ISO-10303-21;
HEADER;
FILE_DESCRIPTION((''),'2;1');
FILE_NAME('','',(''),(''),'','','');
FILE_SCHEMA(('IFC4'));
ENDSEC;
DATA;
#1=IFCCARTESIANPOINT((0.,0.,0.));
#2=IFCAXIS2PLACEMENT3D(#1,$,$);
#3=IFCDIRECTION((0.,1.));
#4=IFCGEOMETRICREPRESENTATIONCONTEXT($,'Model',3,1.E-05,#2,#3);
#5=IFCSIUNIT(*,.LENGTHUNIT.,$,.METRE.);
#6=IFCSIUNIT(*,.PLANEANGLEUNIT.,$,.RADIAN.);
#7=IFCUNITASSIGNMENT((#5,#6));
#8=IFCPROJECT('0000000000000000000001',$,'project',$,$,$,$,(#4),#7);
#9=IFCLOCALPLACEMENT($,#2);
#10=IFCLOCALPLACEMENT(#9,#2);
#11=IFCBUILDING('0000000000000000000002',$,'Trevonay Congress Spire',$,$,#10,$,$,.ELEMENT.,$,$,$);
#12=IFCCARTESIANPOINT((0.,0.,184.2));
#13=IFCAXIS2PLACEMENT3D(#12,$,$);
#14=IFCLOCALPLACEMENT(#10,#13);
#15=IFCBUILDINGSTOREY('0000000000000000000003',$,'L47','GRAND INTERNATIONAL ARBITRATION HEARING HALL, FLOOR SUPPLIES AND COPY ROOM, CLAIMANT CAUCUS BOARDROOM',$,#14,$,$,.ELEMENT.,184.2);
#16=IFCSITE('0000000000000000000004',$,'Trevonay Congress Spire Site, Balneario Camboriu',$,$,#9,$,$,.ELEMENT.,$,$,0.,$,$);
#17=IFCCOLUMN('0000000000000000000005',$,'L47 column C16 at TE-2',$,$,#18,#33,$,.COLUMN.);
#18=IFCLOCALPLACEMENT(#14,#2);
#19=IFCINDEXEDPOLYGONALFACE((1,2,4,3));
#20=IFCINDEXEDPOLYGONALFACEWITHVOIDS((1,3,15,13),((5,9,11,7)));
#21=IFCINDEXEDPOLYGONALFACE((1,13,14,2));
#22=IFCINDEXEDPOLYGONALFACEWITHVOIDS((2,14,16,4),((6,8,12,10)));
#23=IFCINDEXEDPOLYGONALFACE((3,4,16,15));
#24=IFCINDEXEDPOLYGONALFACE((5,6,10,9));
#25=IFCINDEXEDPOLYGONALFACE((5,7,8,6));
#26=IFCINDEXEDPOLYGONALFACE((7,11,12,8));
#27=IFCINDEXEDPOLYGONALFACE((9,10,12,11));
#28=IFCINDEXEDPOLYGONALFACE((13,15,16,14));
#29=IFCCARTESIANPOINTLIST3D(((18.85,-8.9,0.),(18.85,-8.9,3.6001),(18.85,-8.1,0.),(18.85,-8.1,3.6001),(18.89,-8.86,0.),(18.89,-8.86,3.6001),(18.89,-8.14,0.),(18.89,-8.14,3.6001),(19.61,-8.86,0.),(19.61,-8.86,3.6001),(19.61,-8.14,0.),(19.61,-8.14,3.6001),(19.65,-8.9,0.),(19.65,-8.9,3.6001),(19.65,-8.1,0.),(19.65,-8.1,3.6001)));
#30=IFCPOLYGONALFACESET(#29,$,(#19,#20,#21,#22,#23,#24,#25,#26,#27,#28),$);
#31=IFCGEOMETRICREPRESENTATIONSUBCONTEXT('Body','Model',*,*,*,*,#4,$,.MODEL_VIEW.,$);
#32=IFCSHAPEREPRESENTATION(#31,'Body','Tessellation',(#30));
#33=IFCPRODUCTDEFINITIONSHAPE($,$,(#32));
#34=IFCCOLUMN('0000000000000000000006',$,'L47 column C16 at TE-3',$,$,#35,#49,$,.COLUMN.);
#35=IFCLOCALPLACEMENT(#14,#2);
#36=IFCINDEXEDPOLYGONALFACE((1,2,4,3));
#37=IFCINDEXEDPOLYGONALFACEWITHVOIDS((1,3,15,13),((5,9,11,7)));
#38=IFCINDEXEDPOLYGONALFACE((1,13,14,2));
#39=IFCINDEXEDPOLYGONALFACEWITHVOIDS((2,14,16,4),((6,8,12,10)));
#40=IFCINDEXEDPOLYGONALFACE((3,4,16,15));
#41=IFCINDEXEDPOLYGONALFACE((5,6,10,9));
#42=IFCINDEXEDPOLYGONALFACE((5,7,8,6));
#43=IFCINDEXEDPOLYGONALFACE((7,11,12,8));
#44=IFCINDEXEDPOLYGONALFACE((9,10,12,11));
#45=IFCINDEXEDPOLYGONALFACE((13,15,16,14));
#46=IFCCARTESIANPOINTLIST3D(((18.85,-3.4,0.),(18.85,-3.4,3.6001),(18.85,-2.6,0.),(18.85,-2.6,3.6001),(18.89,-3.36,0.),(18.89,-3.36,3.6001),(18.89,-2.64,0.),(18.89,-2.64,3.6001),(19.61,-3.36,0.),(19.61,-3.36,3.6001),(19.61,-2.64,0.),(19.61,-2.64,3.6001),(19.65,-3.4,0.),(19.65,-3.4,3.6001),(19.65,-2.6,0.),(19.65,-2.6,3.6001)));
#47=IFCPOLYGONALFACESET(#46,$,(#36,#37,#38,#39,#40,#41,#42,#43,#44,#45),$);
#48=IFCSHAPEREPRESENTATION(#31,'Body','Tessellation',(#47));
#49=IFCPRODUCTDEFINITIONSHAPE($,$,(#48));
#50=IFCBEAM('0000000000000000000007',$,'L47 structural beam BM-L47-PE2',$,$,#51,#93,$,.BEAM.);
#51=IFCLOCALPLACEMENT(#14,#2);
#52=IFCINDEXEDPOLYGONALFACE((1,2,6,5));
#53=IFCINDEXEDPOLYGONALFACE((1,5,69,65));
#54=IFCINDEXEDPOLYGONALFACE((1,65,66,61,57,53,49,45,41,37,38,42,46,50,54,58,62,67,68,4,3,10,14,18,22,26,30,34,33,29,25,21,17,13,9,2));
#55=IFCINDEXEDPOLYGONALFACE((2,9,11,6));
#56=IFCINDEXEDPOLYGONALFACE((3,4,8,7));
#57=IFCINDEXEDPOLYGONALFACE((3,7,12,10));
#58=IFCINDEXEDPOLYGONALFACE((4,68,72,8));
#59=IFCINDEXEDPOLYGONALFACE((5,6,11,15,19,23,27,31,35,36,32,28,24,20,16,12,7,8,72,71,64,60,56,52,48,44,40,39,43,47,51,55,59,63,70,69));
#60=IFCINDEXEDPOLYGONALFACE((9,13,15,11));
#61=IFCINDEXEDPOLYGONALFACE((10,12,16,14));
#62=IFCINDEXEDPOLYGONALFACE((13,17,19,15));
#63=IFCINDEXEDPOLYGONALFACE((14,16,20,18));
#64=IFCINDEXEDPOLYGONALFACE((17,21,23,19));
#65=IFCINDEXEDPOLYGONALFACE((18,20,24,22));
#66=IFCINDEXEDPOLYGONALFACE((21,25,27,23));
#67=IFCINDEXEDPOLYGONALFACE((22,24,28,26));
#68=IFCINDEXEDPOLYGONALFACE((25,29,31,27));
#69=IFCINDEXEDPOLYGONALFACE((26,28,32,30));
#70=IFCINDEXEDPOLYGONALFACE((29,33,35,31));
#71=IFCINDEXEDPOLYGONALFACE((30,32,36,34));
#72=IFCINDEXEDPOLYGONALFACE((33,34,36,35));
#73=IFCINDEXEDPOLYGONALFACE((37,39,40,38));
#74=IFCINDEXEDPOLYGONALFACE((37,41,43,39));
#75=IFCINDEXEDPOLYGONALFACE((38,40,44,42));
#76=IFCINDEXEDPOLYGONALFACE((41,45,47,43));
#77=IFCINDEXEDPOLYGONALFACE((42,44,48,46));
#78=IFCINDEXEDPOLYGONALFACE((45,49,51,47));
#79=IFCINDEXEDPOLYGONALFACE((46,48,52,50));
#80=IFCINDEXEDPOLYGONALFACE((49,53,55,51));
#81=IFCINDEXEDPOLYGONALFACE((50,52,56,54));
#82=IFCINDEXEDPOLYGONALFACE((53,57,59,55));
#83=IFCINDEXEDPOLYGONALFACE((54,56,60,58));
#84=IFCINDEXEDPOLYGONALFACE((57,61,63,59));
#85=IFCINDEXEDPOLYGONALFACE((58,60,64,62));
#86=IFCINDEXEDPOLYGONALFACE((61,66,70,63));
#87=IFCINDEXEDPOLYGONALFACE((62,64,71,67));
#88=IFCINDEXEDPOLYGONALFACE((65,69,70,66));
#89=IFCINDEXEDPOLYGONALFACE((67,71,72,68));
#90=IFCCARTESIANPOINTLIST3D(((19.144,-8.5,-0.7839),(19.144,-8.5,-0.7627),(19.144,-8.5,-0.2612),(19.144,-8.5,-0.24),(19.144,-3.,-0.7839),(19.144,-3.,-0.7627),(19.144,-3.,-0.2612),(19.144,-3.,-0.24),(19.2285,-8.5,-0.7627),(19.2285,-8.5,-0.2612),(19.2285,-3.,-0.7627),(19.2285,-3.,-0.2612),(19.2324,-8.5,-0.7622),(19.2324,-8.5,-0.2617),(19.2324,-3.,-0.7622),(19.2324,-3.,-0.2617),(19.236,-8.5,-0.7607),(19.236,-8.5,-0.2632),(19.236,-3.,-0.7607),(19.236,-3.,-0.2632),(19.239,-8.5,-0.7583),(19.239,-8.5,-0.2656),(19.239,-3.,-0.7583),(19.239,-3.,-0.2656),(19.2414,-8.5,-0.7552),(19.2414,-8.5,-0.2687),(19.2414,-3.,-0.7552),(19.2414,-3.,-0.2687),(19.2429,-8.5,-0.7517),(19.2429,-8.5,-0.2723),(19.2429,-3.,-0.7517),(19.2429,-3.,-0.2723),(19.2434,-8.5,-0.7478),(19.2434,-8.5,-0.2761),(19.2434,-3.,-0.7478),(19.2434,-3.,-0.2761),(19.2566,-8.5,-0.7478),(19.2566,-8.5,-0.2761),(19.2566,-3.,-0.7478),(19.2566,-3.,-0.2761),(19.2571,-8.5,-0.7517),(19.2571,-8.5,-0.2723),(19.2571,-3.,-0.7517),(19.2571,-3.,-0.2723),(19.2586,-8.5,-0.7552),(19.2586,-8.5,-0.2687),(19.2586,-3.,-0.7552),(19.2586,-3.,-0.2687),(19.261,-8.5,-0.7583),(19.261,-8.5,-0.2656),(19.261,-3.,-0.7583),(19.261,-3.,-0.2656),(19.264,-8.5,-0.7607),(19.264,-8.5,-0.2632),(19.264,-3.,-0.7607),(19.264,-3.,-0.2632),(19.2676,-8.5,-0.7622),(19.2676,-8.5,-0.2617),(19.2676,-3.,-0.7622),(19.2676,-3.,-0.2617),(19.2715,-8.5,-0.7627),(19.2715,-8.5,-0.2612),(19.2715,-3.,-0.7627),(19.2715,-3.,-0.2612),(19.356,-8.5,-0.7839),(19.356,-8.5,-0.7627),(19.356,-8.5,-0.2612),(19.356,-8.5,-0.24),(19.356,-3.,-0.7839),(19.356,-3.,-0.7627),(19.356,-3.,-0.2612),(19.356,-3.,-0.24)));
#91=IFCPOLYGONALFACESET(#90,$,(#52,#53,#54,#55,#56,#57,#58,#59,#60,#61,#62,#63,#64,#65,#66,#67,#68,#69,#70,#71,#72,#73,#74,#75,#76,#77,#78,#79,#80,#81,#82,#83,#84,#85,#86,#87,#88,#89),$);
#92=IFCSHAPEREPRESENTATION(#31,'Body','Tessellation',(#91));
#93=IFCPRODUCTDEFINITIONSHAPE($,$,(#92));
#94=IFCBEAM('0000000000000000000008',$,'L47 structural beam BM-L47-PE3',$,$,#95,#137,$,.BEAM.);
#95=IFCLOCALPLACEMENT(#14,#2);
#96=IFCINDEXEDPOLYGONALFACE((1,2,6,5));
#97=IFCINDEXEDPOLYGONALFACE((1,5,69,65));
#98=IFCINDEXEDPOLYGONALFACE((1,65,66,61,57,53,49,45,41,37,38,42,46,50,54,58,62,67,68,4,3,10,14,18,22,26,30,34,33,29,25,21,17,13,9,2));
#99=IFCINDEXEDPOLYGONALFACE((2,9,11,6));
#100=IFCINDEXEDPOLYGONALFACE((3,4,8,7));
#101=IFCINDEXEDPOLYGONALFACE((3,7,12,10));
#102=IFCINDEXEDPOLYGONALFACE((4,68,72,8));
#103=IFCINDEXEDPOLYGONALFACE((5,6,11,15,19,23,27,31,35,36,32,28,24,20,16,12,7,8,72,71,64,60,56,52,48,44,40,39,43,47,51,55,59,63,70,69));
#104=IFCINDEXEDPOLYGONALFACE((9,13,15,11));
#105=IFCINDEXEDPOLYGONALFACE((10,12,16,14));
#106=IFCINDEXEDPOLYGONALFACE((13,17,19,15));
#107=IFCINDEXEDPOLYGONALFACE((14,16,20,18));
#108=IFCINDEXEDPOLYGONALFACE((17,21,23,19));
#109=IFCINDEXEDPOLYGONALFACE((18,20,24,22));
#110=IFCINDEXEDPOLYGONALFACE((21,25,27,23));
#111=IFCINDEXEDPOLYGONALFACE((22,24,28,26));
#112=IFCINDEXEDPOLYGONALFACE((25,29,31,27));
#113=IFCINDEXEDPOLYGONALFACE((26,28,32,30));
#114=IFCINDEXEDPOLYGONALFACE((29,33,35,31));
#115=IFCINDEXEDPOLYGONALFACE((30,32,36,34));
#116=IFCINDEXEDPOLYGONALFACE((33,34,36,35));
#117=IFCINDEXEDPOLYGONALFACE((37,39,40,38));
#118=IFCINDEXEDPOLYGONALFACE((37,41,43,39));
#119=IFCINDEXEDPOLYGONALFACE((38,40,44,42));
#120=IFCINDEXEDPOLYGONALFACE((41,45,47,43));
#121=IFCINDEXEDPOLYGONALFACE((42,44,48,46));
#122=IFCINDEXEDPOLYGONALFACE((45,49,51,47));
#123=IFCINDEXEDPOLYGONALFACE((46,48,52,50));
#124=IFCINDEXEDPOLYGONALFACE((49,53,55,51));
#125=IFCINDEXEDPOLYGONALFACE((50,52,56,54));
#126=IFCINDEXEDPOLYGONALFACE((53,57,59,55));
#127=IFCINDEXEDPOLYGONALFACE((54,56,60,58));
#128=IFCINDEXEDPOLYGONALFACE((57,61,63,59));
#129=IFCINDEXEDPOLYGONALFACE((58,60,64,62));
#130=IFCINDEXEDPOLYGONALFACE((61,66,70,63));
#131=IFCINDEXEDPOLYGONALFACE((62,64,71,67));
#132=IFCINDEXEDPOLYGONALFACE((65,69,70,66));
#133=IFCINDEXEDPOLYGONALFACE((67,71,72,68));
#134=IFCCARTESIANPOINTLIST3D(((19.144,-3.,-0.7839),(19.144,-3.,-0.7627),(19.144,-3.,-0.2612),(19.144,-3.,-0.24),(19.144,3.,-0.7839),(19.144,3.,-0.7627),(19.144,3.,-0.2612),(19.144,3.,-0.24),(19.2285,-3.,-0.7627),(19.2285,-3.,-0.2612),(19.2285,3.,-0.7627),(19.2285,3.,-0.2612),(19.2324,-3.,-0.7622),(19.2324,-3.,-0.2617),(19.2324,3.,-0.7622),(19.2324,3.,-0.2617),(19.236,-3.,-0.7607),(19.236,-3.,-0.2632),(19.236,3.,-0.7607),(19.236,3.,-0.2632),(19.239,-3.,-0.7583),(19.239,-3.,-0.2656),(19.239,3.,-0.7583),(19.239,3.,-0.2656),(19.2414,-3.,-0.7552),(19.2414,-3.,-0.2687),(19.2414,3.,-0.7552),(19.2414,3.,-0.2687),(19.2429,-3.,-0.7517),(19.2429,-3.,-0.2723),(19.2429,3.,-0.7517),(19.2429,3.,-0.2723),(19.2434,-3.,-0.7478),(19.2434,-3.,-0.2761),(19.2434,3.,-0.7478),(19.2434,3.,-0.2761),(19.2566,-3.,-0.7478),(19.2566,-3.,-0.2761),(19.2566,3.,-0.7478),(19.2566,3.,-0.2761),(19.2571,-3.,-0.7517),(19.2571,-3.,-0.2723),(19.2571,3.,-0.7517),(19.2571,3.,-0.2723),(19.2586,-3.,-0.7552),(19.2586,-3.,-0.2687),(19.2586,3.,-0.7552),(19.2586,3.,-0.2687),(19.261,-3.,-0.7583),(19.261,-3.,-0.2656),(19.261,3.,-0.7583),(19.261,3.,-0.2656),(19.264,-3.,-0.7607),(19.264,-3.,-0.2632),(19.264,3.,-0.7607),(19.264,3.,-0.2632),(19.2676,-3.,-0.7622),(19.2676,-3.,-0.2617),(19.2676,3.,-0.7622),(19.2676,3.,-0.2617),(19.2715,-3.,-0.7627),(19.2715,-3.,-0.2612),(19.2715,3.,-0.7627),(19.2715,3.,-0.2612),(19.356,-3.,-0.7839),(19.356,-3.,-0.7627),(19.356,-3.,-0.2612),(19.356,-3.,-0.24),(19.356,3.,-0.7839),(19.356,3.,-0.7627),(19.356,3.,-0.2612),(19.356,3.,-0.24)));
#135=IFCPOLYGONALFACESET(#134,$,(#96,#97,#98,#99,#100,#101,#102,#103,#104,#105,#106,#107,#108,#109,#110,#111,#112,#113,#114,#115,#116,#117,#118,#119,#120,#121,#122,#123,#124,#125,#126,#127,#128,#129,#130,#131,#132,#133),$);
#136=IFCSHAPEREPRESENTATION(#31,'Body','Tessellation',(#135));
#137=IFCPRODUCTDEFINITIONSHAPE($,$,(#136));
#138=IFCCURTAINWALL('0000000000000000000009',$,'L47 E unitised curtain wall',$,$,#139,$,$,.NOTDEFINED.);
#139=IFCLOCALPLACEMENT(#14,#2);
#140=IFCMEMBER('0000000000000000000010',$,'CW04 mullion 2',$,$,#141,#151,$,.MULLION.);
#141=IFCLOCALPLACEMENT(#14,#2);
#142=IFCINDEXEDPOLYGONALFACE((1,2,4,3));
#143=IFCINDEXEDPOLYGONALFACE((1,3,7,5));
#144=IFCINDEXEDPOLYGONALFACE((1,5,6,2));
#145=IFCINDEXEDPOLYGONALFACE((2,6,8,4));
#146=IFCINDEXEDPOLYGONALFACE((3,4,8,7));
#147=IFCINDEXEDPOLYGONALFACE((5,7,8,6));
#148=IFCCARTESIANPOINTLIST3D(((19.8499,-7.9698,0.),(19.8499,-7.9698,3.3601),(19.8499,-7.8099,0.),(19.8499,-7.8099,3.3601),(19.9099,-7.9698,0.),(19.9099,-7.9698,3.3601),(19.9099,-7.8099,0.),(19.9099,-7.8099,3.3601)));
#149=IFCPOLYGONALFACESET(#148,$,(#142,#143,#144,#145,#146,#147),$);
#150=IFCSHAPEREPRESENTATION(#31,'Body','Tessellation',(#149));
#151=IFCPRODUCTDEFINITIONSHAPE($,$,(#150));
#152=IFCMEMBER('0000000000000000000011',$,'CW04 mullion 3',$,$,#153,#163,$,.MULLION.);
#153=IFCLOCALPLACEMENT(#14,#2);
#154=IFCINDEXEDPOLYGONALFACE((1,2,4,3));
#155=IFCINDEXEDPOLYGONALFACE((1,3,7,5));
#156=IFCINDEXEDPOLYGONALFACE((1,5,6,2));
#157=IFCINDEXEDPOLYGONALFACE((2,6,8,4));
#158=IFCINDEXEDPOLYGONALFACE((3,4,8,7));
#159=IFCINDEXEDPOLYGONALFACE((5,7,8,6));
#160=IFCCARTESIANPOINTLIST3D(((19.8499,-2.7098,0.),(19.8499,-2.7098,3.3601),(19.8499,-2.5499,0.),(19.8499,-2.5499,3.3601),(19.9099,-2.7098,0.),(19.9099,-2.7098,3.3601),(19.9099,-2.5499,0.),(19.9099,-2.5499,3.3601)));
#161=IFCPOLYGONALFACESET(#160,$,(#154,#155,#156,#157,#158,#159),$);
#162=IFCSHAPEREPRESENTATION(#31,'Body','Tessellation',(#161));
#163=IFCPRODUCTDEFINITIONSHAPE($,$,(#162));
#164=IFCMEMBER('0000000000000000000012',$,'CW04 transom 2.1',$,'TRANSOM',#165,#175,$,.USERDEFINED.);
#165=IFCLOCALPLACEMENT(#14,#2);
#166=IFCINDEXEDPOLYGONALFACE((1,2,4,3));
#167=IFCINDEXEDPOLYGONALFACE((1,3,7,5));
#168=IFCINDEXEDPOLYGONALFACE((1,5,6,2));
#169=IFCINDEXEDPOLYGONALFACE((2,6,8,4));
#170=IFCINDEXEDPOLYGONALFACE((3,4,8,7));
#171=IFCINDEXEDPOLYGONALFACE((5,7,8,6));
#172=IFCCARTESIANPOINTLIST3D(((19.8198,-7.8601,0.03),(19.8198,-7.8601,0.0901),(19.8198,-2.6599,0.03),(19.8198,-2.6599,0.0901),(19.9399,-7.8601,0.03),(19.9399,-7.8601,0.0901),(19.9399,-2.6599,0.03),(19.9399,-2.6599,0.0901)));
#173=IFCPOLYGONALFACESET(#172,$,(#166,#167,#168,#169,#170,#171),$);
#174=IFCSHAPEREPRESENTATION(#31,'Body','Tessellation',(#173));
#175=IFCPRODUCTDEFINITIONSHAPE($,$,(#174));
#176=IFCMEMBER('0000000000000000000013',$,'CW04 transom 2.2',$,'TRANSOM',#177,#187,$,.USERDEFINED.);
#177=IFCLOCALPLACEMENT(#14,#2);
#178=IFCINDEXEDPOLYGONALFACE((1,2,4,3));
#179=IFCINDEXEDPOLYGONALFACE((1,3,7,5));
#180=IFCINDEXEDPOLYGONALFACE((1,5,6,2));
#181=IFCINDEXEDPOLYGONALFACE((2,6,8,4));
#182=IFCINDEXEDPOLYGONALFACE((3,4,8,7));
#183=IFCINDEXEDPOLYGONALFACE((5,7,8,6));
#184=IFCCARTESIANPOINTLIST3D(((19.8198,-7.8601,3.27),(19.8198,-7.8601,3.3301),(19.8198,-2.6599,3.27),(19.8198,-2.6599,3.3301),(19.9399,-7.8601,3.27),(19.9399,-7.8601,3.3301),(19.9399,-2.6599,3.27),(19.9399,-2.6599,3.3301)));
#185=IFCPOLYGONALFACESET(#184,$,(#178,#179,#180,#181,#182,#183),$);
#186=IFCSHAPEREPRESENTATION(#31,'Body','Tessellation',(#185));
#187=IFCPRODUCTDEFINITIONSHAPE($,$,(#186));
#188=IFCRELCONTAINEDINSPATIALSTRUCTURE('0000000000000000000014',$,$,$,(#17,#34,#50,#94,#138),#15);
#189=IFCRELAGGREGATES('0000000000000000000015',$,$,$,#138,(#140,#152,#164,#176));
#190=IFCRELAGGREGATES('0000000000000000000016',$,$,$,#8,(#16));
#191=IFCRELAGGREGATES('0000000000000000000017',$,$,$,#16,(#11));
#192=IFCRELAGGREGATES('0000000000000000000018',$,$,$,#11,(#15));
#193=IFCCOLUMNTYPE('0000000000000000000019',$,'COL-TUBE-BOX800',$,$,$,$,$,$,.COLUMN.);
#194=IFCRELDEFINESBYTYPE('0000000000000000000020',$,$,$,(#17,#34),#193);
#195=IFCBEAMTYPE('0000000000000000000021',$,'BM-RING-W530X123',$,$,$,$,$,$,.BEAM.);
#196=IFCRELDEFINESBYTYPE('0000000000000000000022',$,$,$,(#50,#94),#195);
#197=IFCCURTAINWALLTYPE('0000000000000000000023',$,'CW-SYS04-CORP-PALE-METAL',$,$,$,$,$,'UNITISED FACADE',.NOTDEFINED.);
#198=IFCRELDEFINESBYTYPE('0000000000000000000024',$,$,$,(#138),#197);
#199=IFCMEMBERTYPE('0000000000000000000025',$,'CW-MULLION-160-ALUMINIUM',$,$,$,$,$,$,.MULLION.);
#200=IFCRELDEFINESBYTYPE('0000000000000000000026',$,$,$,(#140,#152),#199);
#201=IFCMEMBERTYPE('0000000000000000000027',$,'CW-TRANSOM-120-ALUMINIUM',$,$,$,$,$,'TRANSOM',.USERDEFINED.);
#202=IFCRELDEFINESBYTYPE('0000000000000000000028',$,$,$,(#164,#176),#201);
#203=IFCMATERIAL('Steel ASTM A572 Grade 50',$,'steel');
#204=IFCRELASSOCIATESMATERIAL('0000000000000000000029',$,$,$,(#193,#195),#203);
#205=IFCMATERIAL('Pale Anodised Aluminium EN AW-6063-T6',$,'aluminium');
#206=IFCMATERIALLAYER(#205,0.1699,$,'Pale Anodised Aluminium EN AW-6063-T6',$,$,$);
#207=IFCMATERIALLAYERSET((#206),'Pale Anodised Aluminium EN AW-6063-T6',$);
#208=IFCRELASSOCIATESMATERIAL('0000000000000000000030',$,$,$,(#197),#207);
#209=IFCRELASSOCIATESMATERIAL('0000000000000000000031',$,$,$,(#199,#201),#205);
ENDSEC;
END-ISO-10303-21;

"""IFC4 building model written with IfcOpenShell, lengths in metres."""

from ifc_helpers import new_model, si_unit, direction, frame, origin, origin_2d, place, context, subcontext, project, spatial, rectangle, hollow_rectangle, i_section, extrude, material, layer, layer_set, material_profile, profile_set, type_object, element, aggregate, save


model = new_model("IFC4")

# Units and contexts
model_context = context("Model", 3, precision=1e-05, world=origin(), true_north=direction((0.0, 1.0)))
body_context = subcontext(model_context, "Body", "Model", "MODEL_VIEW")
ifc_project = project(units=[si_unit("LENGTHUNIT", "METRE"), si_unit("PLANEANGLEUNIT", "RADIAN")], contexts=[model_context])

# Site, building, storey
site_placement = place(None, origin())
site = spatial("IfcSite", under=ifc_project, at=site_placement, Name="Trevonay Congress Spire Site, Balneario Camboriu", CompositionType="ELEMENT", RefElevation=0.0)
building_placement = place(site_placement, origin())
building = spatial("IfcBuilding", under=site, at=building_placement, Name="Trevonay Congress Spire", CompositionType="ELEMENT")
storey_placement = place(building_placement, frame((0.0, 0.0, 184.2)))
storey = spatial("IfcBuildingStorey", under=building, at=storey_placement, Name="L47", Description="GRAND INTERNATIONAL ARBITRATION HEARING HALL, FLOOR SUPPLIES AND COPY ROOM, CLAIMANT CAUCUS BOARDROOM", CompositionType="ELEMENT", Elevation=184.2)

# Columns
ifc_material_1 = material(Name="Steel ASTM A572 Grade 50", Category="steel")
ifc_material_profile_1 = material_profile(ifc_material_1, hollow_rectangle(XDim=0.8, YDim=0.8, WallThickness=0.04, at=origin_2d()), Name="BOX 800x800x40")
ifc_profile_set_1 = profile_set([ifc_material_profile_1], Name="Steel ASTM A572 Grade 50")
column_type = type_object("IfcColumnType", Name="COL-TUBE-BOX800", PredefinedType="COLUMN", material=ifc_profile_set_1)
for number, where, z_axis, x_axis, name in (
    (1, (19.25, -8.5, 0.0), (0.0, 0.0, 1.0), (1.0, 0.0, 0.0), "L47 column C16 at TE-2"),
    (2, (19.25, -3.0, 0.0), (0.0, 0.0, 1.0), (1.0, 0.0, 0.0), "L47 column C16 at TE-3"),
):
    element("IfcColumn", number, at=place(storey_placement, frame(where, z_axis=z_axis, x_axis=x_axis)), inside=storey, type_object=column_type, Name=name, PredefinedType="COLUMN", context=body_context, shape_type="SweptSolid", body=[
        extrude(hollow_rectangle(XDim=0.8, YDim=0.8, WallThickness=0.04, at=origin_2d()), origin(), (0.0, 0.0, 1.0), 3.6001),
    ])

# Beams
ifc_material_profile_2 = material_profile(ifc_material_1, i_section(OverallWidth=0.2119, OverallDepth=0.5439, WebThickness=0.0132, FlangeThickness=0.0212, FilletRadius=0.0149, at=origin_2d()), Name="W530x123")
ifc_profile_set_2 = profile_set([ifc_material_profile_2], Name="Steel ASTM A572 Grade 50")
beam_type = type_object("IfcBeamType", Name="BM-RING-W530X123", PredefinedType="BEAM", material=ifc_profile_set_2)
beam_1_placement = place(storey_placement, frame((19.25, -8.5, -0.512), z_axis=(0.0, 1.0, 0.0), x_axis=(-1.0, 0.0, 0.0)))
element("IfcBeam", 3, at=beam_1_placement, inside=storey, type_object=beam_type, Name="L47 structural beam BM-L47-PE2", PredefinedType="BEAM", context=body_context, shape_type="SweptSolid", body=[
    extrude(i_section(OverallWidth=0.2119, OverallDepth=0.5439, WebThickness=0.0132, FlangeThickness=0.0212, FilletRadius=0.0149, at=origin_2d()), origin(), (0.0, 0.0, 1.0), 5.5),
])
beam_2_placement = place(storey_placement, frame((19.25, -3.0, -0.512), z_axis=(0.0, 1.0, 0.0), x_axis=(-1.0, 0.0, 0.0)))
element("IfcBeam", 4, at=beam_2_placement, inside=storey, type_object=beam_type, Name="L47 structural beam BM-L47-PE3", PredefinedType="BEAM", context=body_context, shape_type="SweptSolid", body=[
    extrude(i_section(OverallWidth=0.2119, OverallDepth=0.5439, WebThickness=0.0132, FlangeThickness=0.0212, FilletRadius=0.0149, at=origin_2d()), origin(), (0.0, 0.0, 1.0), 6.0),
])

# Curtain wall, members
ifc_material_2 = material(Name="Pale Anodised Aluminium EN AW-6063-T6", Category="aluminium")
ifc_layer_1 = layer(ifc_material_2, 0.1699, Name="Pale Anodised Aluminium EN AW-6063-T6")
ifc_layer_set_1 = layer_set([ifc_layer_1], Name="Pale Anodised Aluminium EN AW-6063-T6")
curtain_wall_type = type_object("IfcCurtainWallType", Name="CW-SYS04-CORP-PALE-METAL", ElementType="UNITISED FACADE", PredefinedType="NOTDEFINED", material=ifc_layer_set_1)
curtain_wall_placement = place(storey_placement, origin())
curtain_wall = element("IfcCurtainWall", 5, at=curtain_wall_placement, inside=storey, type_object=curtain_wall_type, Name="L47 E unitised curtain wall", PredefinedType="NOTDEFINED")
ifc_material_profile_3 = material_profile(ifc_material_2, rectangle(XDim=0.0601, YDim=0.1599, at=origin_2d()), Name="CW-MULLION-160-ALUMINIUM")
ifc_profile_set_3 = profile_set([ifc_material_profile_3], Name="Pale Anodised Aluminium EN AW-6063-T6")
member_type_1 = type_object("IfcMemberType", Name="CW-MULLION-160-ALUMINIUM", PredefinedType="MULLION", material=ifc_profile_set_3)
member_1_placement = place(storey_placement, frame((19.8799, -7.8899, 0.0), z_axis=(0.0, 0.0, 1.0), x_axis=(-1.0, 0.0, 0.0)))
member_1 = element("IfcMember", 6, at=member_1_placement, type_object=member_type_1, Name="CW04 mullion 2", PredefinedType="MULLION", context=body_context, shape_type="SweptSolid", body=[
    extrude(rectangle(XDim=0.0601, YDim=0.1599, at=origin_2d()), origin(), (0.0, 0.0, 1.0), 3.3601),
])
member_2_placement = place(storey_placement, frame((19.8799, -2.6299, 0.0), z_axis=(0.0, 0.0, 1.0), x_axis=(-1.0, 0.0, 0.0)))
member_2 = element("IfcMember", 7, at=member_2_placement, type_object=member_type_1, Name="CW04 mullion 3", PredefinedType="MULLION", context=body_context, shape_type="SweptSolid", body=[
    extrude(rectangle(XDim=0.0601, YDim=0.1599, at=origin_2d()), origin(), (0.0, 0.0, 1.0), 3.3601),
])
ifc_material_profile_4 = material_profile(ifc_material_2, rectangle(XDim=0.1201, YDim=0.0601, at=origin_2d()), Name="CW-TRANSOM-120-ALUMINIUM")
ifc_profile_set_4 = profile_set([ifc_material_profile_4], Name="Pale Anodised Aluminium EN AW-6063-T6")
member_type_2 = type_object("IfcMemberType", Name="CW-TRANSOM-120-ALUMINIUM", ElementType="TRANSOM", PredefinedType="USERDEFINED", material=ifc_profile_set_4)
member_3_placement = place(storey_placement, frame((19.8799, -7.8601, 0.0601), z_axis=(0.0, 1.0, 0.0), x_axis=(-1.0, 0.0, 0.0)))
member_3 = element("IfcMember", 8, at=member_3_placement, type_object=member_type_2, Name="CW04 transom 2.1", ObjectType="TRANSOM", PredefinedType="USERDEFINED", context=body_context, shape_type="SweptSolid", body=[
    extrude(rectangle(XDim=0.1201, YDim=0.0601, at=origin_2d()), origin(), (0.0, 0.0, 1.0), 5.2002),
])
member_4_placement = place(storey_placement, frame((19.8799, -7.8601, 3.3), z_axis=(0.0, 1.0, 0.0), x_axis=(-1.0, 0.0, 0.0)))
member_4 = element("IfcMember", 9, at=member_4_placement, type_object=member_type_2, Name="CW04 transom 2.2", ObjectType="TRANSOM", PredefinedType="USERDEFINED", context=body_context, shape_type="SweptSolid", body=[
    extrude(rectangle(XDim=0.1201, YDim=0.0601, at=origin_2d()), origin(), (0.0, 0.0, 1.0), 5.2002),
])
aggregate(curtain_wall, [member_1, member_2, member_3, member_4])

save(model, "model.ifc")
